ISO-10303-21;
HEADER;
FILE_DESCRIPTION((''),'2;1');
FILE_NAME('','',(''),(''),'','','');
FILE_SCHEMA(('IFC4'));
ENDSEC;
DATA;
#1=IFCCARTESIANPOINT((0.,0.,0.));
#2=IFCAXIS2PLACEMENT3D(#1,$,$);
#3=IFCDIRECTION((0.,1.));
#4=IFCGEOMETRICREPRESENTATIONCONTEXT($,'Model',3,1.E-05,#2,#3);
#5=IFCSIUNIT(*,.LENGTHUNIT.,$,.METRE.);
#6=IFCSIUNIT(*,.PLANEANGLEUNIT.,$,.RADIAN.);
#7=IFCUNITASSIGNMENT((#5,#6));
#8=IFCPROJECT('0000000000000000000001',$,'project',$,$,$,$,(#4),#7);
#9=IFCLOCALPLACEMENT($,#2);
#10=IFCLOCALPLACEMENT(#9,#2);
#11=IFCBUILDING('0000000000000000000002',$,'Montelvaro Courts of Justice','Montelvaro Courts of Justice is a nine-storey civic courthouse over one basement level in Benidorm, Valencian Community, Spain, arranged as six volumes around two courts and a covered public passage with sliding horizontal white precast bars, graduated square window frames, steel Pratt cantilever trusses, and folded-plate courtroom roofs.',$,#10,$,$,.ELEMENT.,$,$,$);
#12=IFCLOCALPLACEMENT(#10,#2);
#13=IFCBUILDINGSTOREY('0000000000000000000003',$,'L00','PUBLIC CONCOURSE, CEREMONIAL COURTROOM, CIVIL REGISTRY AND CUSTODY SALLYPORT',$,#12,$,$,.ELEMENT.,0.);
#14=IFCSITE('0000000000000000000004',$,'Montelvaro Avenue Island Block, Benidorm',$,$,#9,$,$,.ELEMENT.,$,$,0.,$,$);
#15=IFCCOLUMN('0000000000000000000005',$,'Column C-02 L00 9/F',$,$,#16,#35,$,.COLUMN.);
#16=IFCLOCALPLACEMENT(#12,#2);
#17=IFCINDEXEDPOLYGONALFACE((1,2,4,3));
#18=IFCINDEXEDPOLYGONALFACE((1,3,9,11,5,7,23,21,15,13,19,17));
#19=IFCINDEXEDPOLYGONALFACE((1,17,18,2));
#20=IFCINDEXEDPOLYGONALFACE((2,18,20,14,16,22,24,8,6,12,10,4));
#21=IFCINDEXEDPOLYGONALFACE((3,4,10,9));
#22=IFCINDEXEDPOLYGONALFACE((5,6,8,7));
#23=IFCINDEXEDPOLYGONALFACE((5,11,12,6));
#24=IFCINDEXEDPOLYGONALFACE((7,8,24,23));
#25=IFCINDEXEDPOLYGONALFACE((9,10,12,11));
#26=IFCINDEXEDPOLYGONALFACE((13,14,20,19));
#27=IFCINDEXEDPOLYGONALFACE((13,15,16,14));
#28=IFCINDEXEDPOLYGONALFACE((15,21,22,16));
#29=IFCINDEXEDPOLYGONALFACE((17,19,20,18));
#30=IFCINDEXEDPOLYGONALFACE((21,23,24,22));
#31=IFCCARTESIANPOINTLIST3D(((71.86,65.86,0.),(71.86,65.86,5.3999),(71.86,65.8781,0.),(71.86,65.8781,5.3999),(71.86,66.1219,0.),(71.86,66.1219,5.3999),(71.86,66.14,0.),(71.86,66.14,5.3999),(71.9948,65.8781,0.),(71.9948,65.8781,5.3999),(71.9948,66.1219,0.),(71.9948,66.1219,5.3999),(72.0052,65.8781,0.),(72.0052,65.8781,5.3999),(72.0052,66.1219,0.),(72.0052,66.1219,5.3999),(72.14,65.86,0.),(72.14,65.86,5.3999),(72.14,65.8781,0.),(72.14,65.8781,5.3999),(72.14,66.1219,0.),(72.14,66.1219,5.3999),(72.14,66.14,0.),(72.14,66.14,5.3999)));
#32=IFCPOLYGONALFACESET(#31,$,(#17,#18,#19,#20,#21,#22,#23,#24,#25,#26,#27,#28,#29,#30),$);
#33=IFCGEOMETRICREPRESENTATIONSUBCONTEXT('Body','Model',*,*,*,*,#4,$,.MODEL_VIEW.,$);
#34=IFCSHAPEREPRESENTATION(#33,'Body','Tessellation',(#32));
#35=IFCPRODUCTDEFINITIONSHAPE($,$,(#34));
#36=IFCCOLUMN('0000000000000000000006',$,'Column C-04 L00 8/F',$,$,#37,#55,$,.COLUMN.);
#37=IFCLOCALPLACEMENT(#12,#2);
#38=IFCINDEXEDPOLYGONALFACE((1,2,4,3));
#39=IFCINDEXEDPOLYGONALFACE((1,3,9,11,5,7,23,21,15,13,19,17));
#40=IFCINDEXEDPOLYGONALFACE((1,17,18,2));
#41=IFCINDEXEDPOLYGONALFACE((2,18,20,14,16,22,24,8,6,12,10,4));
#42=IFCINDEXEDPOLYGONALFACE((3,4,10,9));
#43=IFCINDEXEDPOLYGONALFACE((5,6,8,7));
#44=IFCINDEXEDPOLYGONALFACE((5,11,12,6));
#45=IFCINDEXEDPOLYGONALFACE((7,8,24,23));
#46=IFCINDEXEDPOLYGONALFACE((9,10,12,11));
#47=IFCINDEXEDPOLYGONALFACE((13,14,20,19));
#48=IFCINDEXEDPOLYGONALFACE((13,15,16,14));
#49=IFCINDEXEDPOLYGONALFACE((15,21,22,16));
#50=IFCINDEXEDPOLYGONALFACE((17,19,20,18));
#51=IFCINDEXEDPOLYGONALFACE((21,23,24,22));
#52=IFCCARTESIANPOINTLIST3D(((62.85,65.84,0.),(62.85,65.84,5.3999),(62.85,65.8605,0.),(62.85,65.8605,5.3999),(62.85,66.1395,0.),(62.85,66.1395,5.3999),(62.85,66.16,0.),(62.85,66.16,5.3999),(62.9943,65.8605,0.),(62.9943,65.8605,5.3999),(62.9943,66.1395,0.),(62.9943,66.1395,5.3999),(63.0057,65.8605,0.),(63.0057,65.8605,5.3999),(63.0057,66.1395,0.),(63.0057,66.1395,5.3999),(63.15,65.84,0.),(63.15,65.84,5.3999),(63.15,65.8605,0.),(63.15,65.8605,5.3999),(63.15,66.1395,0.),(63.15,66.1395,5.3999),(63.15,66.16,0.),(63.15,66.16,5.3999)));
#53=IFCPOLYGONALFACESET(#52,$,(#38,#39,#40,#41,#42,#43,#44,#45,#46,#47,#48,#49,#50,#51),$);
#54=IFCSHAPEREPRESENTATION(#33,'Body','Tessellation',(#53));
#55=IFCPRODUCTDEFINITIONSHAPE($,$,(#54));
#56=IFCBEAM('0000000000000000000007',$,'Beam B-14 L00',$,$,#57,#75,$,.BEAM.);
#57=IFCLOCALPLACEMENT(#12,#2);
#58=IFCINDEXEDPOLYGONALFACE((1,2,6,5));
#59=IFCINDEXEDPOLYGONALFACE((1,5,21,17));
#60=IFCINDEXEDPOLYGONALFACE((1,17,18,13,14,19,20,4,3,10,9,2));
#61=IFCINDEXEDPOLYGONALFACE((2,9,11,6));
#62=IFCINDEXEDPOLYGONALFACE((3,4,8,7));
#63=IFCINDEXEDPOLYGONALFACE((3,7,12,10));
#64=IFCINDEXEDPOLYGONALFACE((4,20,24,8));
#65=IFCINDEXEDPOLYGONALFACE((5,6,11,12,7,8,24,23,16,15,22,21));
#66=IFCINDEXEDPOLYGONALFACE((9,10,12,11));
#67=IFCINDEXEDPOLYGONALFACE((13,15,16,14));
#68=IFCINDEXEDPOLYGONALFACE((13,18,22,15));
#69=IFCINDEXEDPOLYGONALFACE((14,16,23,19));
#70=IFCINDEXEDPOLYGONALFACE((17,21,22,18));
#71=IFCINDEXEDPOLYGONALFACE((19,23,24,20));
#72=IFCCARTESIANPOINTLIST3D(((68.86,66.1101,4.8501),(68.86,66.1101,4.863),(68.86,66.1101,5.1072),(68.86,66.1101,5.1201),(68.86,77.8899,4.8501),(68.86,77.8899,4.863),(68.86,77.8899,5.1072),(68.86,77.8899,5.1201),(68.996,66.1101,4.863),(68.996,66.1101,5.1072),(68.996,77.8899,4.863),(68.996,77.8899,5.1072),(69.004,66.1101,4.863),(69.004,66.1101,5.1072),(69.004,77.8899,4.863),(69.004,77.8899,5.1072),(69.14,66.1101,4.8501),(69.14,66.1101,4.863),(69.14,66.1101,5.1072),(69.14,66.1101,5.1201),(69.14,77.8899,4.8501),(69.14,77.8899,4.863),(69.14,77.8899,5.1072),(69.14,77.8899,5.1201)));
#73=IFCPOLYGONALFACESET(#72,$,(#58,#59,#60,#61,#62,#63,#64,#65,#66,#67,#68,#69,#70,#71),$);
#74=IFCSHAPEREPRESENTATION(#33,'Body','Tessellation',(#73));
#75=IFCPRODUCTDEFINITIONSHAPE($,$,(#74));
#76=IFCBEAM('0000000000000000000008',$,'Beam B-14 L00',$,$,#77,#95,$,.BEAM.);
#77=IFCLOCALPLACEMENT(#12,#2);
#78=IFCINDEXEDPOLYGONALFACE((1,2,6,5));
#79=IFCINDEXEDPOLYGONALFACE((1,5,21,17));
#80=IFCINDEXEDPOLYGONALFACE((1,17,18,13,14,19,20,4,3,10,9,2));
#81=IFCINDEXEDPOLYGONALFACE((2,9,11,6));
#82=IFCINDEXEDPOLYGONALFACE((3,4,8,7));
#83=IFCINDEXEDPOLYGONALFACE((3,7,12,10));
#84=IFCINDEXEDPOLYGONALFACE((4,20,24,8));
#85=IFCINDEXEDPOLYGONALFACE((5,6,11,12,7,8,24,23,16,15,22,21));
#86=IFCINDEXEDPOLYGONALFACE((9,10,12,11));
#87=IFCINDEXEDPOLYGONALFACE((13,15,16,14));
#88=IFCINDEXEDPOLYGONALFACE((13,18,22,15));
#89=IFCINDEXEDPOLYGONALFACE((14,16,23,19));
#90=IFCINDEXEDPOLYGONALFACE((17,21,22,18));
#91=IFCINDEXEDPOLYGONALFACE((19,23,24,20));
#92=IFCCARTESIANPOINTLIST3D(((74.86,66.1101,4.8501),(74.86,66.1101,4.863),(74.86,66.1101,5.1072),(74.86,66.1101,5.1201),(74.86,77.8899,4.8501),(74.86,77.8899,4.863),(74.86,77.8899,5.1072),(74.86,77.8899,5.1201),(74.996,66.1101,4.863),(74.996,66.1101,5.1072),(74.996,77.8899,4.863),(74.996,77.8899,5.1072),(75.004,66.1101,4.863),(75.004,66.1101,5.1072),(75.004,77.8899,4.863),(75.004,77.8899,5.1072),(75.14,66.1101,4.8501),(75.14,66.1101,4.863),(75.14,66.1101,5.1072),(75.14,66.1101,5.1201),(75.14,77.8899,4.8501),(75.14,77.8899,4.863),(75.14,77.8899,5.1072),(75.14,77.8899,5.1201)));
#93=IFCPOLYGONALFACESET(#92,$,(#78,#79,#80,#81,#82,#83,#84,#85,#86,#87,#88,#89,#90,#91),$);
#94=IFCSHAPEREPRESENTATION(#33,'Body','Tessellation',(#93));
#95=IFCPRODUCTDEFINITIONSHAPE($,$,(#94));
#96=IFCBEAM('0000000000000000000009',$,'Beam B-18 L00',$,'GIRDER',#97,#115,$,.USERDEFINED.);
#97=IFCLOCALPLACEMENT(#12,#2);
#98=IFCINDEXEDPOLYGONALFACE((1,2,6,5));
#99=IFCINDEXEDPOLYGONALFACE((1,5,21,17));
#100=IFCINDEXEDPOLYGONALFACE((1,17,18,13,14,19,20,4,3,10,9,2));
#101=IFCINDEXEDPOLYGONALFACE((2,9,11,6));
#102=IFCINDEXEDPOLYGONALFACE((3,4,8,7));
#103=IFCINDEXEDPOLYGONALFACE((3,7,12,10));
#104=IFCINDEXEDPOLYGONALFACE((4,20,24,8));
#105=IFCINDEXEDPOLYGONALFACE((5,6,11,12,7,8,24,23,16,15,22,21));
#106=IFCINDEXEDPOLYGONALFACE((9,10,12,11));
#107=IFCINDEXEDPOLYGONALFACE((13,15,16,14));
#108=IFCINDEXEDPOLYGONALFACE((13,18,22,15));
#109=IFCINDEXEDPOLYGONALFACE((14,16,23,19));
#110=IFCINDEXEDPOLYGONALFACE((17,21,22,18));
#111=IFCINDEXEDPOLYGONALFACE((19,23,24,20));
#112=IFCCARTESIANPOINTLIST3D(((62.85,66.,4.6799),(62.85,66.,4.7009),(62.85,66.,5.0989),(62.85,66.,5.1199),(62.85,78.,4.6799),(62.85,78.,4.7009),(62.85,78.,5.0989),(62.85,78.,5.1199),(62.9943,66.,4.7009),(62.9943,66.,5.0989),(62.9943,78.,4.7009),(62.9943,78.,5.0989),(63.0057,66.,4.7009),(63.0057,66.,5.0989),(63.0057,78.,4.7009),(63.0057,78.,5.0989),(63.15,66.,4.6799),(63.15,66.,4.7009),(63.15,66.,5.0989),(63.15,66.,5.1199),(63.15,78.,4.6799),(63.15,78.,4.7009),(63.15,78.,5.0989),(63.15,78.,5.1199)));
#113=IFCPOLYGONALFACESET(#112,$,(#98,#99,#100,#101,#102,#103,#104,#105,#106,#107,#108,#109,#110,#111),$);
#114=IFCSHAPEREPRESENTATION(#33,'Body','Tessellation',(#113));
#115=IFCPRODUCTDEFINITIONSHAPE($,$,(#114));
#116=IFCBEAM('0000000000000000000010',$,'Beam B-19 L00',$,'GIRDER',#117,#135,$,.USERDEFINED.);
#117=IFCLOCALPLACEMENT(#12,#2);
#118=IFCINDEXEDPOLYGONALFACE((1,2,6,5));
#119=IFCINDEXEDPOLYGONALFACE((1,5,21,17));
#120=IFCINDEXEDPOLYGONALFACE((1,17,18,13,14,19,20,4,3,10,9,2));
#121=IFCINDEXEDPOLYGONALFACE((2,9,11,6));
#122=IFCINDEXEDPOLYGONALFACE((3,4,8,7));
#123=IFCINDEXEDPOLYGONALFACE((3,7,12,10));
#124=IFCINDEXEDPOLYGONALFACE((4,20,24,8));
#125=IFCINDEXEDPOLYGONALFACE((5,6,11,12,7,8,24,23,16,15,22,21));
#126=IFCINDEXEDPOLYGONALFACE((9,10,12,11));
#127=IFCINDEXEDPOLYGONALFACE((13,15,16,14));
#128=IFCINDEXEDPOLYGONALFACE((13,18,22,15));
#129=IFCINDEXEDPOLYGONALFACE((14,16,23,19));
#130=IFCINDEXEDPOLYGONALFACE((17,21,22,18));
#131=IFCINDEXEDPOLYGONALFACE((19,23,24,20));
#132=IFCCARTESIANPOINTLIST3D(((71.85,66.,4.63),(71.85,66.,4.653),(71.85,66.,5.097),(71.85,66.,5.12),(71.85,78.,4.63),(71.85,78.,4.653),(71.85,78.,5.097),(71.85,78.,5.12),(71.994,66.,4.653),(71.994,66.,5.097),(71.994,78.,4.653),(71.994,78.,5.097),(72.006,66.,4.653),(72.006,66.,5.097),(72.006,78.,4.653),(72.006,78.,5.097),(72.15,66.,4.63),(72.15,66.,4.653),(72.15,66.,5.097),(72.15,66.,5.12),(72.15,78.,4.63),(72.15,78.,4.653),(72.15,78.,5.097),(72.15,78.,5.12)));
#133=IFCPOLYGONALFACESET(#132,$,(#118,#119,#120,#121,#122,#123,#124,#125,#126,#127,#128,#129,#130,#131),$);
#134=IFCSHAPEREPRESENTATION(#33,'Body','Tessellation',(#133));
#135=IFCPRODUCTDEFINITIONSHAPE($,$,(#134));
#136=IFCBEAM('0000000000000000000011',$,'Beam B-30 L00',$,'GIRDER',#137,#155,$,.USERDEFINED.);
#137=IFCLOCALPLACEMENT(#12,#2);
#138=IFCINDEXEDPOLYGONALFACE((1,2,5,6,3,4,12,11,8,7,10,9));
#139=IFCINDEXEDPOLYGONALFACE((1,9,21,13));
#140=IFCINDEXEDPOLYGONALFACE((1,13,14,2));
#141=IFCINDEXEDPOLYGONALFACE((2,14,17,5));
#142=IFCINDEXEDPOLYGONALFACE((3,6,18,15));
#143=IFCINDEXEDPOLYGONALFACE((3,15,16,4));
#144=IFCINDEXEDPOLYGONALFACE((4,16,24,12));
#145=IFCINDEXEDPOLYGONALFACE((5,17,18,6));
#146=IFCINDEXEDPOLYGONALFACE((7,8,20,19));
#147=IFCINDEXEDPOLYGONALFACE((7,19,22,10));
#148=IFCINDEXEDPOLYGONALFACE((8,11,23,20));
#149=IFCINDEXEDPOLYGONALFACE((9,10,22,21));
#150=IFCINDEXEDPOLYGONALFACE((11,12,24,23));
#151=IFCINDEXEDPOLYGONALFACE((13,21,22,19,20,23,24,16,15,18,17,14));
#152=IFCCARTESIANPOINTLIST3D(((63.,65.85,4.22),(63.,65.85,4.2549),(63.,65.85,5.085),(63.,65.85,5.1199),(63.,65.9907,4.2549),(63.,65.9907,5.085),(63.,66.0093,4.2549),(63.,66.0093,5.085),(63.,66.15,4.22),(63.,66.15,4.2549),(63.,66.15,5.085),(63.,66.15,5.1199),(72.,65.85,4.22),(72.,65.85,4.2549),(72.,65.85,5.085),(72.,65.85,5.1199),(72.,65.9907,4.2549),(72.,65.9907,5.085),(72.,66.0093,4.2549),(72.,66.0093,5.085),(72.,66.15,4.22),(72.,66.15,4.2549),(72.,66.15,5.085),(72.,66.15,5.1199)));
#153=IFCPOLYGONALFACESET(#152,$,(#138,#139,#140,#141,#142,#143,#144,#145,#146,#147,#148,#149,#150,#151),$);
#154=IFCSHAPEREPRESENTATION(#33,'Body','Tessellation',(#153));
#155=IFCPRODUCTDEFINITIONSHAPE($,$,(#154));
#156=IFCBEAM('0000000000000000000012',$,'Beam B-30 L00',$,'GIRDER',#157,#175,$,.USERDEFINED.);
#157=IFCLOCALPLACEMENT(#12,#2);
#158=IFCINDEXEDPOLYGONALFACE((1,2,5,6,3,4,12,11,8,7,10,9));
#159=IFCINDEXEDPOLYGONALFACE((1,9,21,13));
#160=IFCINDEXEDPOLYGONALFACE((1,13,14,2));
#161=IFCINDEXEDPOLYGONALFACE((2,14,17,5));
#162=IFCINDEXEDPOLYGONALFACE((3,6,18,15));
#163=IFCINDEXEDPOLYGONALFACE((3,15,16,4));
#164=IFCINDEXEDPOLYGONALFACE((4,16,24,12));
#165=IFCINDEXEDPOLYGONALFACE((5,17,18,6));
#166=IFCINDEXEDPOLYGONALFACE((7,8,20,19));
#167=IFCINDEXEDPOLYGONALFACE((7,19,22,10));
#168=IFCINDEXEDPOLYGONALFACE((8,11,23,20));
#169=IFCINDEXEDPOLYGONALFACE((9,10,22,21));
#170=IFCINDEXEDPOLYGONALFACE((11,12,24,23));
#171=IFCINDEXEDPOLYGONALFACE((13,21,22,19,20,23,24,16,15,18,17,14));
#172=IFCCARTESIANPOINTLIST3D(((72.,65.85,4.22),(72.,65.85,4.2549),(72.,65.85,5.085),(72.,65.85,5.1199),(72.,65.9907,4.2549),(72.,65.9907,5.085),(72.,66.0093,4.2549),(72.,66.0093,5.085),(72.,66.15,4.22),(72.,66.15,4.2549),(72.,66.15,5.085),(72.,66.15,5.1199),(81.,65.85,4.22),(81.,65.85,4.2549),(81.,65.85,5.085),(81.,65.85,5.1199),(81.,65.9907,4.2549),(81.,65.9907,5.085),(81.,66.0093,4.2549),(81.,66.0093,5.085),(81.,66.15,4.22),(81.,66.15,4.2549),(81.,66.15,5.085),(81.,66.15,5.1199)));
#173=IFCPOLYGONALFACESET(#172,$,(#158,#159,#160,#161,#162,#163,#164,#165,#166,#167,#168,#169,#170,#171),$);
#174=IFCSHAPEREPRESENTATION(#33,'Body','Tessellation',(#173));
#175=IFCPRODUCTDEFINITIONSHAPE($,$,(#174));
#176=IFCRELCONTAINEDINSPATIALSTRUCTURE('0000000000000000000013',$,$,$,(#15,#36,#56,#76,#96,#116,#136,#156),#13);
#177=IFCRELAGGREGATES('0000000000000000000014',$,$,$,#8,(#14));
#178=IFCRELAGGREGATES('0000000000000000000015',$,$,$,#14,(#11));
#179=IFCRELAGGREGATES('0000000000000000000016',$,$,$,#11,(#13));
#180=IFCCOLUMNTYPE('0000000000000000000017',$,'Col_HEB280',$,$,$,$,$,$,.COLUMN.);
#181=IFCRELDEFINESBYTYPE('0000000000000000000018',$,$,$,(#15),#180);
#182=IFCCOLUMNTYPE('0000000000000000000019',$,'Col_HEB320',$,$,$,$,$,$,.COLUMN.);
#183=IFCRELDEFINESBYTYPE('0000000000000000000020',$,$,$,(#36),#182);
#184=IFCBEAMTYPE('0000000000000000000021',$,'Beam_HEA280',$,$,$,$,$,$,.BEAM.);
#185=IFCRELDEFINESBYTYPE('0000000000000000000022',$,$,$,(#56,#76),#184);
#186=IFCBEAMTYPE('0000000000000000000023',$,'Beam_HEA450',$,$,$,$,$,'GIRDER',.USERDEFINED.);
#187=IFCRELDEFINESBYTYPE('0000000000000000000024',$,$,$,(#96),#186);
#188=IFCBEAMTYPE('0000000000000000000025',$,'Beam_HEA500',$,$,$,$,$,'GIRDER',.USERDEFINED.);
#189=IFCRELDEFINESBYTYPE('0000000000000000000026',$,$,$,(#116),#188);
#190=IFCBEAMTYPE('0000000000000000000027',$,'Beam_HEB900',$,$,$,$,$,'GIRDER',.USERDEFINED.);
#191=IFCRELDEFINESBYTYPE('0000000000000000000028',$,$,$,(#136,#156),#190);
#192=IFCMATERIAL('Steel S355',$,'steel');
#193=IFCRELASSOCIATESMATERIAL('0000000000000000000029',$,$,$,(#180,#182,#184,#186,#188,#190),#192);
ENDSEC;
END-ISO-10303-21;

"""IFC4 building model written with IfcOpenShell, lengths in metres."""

from ifc_helpers import new_model, si_unit, direction, frame, origin, origin_2d, place, context, subcontext, project, spatial, i_section, extrude, material, material_profile, profile_set, type_object, element, save


model = new_model("IFC4")

# Units and contexts
model_context = context("Model", 3, precision=1e-05, world=origin(), true_north=direction((0.0, 1.0)))
body_context = subcontext(model_context, "Body", "Model", "MODEL_VIEW")
ifc_project = project(units=[si_unit("LENGTHUNIT", "METRE"), si_unit("PLANEANGLEUNIT", "RADIAN")], contexts=[model_context])

# Site, building, storey
site_placement = place(None, origin())
site = spatial("IfcSite", under=ifc_project, at=site_placement, Name="Montelvaro Avenue Island Block, Benidorm", CompositionType="ELEMENT", RefElevation=0.0)
building_placement = place(site_placement, origin())
building = spatial("IfcBuilding", under=site, at=building_placement, Name="Montelvaro Courts of Justice", Description="Montelvaro Courts of Justice is a nine-storey civic courthouse over one basement level in Benidorm, Valencian Community, Spain, arranged as six volumes around two courts and a covered public passage with sliding horizontal white precast bars, graduated square window frames, steel Pratt cantilever trusses, and folded-plate courtroom roofs.", CompositionType="ELEMENT")
storey_placement = place(building_placement, origin())
storey = spatial("IfcBuildingStorey", under=building, at=storey_placement, Name="L00", Description="PUBLIC CONCOURSE, CEREMONIAL COURTROOM, CIVIL REGISTRY AND CUSTODY SALLYPORT", CompositionType="ELEMENT", Elevation=0.0)

# Columns
ifc_material_1 = material(Name="Steel S355", Category="steel")
ifc_material_profile_1 = material_profile(ifc_material_1, i_section(OverallWidth=0.28, OverallDepth=0.28, WebThickness=0.0105, FlangeThickness=0.0181, at=origin_2d()), Name="HEB 280")
ifc_profile_set_1 = profile_set([ifc_material_profile_1], Name="Steel S355")
column_type_1 = type_object("IfcColumnType", Name="Col_HEB280", PredefinedType="COLUMN", material=ifc_profile_set_1)
column_1_placement = place(storey_placement, frame((72.0, 66.0, 0.0), z_axis=(0.0, 0.0, 1.0), x_axis=(1.0, 0.0, 0.0)))
element("IfcColumn", 1, at=column_1_placement, inside=storey, type_object=column_type_1, Name="Column C-02 L00 9/F", PredefinedType="COLUMN", context=body_context, shape_type="SweptSolid", body=[
    extrude(i_section(OverallWidth=0.28, OverallDepth=0.28, WebThickness=0.0105, FlangeThickness=0.0181, at=origin_2d()), origin(), (0.0, 0.0, 1.0), 5.3999),
])
ifc_material_profile_2 = material_profile(ifc_material_1, i_section(OverallWidth=0.3, OverallDepth=0.3201, WebThickness=0.0115, FlangeThickness=0.0205, at=origin_2d()), Name="HEB 320")
ifc_profile_set_2 = profile_set([ifc_material_profile_2], Name="Steel S355")
column_type_2 = type_object("IfcColumnType", Name="Col_HEB320", PredefinedType="COLUMN", material=ifc_profile_set_2)
column_2_placement = place(storey_placement, frame((63.0, 66.0, 0.0), z_axis=(0.0, 0.0, 1.0), x_axis=(1.0, 0.0, 0.0)))
element("IfcColumn", 2, at=column_2_placement, inside=storey, type_object=column_type_2, Name="Column C-04 L00 8/F", PredefinedType="COLUMN", context=body_context, shape_type="SweptSolid", body=[
    extrude(i_section(OverallWidth=0.3, OverallDepth=0.3201, WebThickness=0.0115, FlangeThickness=0.0205, at=origin_2d()), origin(), (0.0, 0.0, 1.0), 5.3999),
])

# Beams
ifc_material_profile_3 = material_profile(ifc_material_1, i_section(OverallWidth=0.28, OverallDepth=0.27, WebThickness=0.0081, FlangeThickness=0.0129, at=origin_2d()), Name="HEA 280")
ifc_profile_set_3 = profile_set([ifc_material_profile_3], Name="Steel S355")
beam_type_1 = type_object("IfcBeamType", Name="Beam_HEA280", PredefinedType="BEAM", material=ifc_profile_set_3)
for number, where, z_axis, x_axis, name in (
    (3, (69.0, 66.1101, 4.9851), (0.0, 1.0, 0.0), (-1.0, 0.0, 0.0), "Beam B-14 L00"),
    (4, (75.0, 66.1101, 4.9851), (0.0, 1.0, 0.0), (-1.0, 0.0, 0.0), "Beam B-14 L00"),
):
    element("IfcBeam", number, at=place(storey_placement, frame(where, z_axis=z_axis, x_axis=x_axis)), inside=storey, type_object=beam_type_1, Name=name, PredefinedType="BEAM", context=body_context, shape_type="SweptSolid", body=[
        extrude(i_section(OverallWidth=0.28, OverallDepth=0.27, WebThickness=0.0081, FlangeThickness=0.0129, at=origin_2d()), origin(), (0.0, 0.0, 1.0), 11.7798),
    ])
ifc_material_profile_4 = material_profile(ifc_material_1, i_section(OverallWidth=0.3, OverallDepth=0.4399, WebThickness=0.0115, FlangeThickness=0.021, at=origin_2d()), Name="HEA 450")
ifc_profile_set_4 = profile_set([ifc_material_profile_4], Name="Steel S355")
beam_type_2 = type_object("IfcBeamType", Name="Beam_HEA450", ElementType="GIRDER", PredefinedType="USERDEFINED", material=ifc_profile_set_4)
beam_1_placement = place(storey_placement, frame((63.0, 66.0, 4.8999), z_axis=(0.0, 1.0, 0.0), x_axis=(-1.0, 0.0, 0.0)))
element("IfcBeam", 5, at=beam_1_placement, inside=storey, type_object=beam_type_2, Name="Beam B-18 L00", ObjectType="GIRDER", PredefinedType="USERDEFINED", context=body_context, shape_type="SweptSolid", body=[
    extrude(i_section(OverallWidth=0.3, OverallDepth=0.4399, WebThickness=0.0115, FlangeThickness=0.021, at=origin_2d()), origin(), (0.0, 0.0, 1.0), 12.0),
])
ifc_material_profile_5 = material_profile(ifc_material_1, i_section(OverallWidth=0.3, OverallDepth=0.49, WebThickness=0.012, FlangeThickness=0.0229, at=origin_2d()), Name="HEA 500")
ifc_profile_set_5 = profile_set([ifc_material_profile_5], Name="Steel S355")
beam_type_3 = type_object("IfcBeamType", Name="Beam_HEA500", ElementType="GIRDER", PredefinedType="USERDEFINED", material=ifc_profile_set_5)
beam_2_placement = place(storey_placement, frame((72.0, 66.0, 4.875), z_axis=(0.0, 1.0, 0.0), x_axis=(-1.0, 0.0, 0.0)))
element("IfcBeam", 6, at=beam_2_placement, inside=storey, type_object=beam_type_3, Name="Beam B-19 L00", ObjectType="GIRDER", PredefinedType="USERDEFINED", context=body_context, shape_type="SweptSolid", body=[
    extrude(i_section(OverallWidth=0.3, OverallDepth=0.49, WebThickness=0.012, FlangeThickness=0.0229, at=origin_2d()), origin(), (0.0, 0.0, 1.0), 12.0),
])
ifc_material_profile_6 = material_profile(ifc_material_1, i_section(OverallWidth=0.3, OverallDepth=0.8999, WebThickness=0.0186, FlangeThickness=0.0349, at=origin_2d()), Name="HEB 900")
ifc_profile_set_6 = profile_set([ifc_material_profile_6], Name="Steel S355")
beam_type_4 = type_object("IfcBeamType", Name="Beam_HEB900", ElementType="GIRDER", PredefinedType="USERDEFINED", material=ifc_profile_set_6)
for number, where, z_axis, x_axis, name in (
    (7, (63.0, 66.0, 4.6699), (1.0, 0.0, 0.0), (0.0, 1.0, 0.0), "Beam B-30 L00"),
    (8, (72.0, 66.0, 4.6699), (1.0, 0.0, 0.0), (0.0, 1.0, 0.0), "Beam B-30 L00"),
):
    element("IfcBeam", number, at=place(storey_placement, frame(where, z_axis=z_axis, x_axis=x_axis)), inside=storey, type_object=beam_type_4, Name=name, ObjectType="GIRDER", PredefinedType="USERDEFINED", context=body_context, shape_type="SweptSolid", body=[
        extrude(i_section(OverallWidth=0.3, OverallDepth=0.8999, WebThickness=0.0186, FlangeThickness=0.0349, at=origin_2d()), origin(), (0.0, 0.0, 1.0), 9.0),
    ])

save(model, "model.ifc")
